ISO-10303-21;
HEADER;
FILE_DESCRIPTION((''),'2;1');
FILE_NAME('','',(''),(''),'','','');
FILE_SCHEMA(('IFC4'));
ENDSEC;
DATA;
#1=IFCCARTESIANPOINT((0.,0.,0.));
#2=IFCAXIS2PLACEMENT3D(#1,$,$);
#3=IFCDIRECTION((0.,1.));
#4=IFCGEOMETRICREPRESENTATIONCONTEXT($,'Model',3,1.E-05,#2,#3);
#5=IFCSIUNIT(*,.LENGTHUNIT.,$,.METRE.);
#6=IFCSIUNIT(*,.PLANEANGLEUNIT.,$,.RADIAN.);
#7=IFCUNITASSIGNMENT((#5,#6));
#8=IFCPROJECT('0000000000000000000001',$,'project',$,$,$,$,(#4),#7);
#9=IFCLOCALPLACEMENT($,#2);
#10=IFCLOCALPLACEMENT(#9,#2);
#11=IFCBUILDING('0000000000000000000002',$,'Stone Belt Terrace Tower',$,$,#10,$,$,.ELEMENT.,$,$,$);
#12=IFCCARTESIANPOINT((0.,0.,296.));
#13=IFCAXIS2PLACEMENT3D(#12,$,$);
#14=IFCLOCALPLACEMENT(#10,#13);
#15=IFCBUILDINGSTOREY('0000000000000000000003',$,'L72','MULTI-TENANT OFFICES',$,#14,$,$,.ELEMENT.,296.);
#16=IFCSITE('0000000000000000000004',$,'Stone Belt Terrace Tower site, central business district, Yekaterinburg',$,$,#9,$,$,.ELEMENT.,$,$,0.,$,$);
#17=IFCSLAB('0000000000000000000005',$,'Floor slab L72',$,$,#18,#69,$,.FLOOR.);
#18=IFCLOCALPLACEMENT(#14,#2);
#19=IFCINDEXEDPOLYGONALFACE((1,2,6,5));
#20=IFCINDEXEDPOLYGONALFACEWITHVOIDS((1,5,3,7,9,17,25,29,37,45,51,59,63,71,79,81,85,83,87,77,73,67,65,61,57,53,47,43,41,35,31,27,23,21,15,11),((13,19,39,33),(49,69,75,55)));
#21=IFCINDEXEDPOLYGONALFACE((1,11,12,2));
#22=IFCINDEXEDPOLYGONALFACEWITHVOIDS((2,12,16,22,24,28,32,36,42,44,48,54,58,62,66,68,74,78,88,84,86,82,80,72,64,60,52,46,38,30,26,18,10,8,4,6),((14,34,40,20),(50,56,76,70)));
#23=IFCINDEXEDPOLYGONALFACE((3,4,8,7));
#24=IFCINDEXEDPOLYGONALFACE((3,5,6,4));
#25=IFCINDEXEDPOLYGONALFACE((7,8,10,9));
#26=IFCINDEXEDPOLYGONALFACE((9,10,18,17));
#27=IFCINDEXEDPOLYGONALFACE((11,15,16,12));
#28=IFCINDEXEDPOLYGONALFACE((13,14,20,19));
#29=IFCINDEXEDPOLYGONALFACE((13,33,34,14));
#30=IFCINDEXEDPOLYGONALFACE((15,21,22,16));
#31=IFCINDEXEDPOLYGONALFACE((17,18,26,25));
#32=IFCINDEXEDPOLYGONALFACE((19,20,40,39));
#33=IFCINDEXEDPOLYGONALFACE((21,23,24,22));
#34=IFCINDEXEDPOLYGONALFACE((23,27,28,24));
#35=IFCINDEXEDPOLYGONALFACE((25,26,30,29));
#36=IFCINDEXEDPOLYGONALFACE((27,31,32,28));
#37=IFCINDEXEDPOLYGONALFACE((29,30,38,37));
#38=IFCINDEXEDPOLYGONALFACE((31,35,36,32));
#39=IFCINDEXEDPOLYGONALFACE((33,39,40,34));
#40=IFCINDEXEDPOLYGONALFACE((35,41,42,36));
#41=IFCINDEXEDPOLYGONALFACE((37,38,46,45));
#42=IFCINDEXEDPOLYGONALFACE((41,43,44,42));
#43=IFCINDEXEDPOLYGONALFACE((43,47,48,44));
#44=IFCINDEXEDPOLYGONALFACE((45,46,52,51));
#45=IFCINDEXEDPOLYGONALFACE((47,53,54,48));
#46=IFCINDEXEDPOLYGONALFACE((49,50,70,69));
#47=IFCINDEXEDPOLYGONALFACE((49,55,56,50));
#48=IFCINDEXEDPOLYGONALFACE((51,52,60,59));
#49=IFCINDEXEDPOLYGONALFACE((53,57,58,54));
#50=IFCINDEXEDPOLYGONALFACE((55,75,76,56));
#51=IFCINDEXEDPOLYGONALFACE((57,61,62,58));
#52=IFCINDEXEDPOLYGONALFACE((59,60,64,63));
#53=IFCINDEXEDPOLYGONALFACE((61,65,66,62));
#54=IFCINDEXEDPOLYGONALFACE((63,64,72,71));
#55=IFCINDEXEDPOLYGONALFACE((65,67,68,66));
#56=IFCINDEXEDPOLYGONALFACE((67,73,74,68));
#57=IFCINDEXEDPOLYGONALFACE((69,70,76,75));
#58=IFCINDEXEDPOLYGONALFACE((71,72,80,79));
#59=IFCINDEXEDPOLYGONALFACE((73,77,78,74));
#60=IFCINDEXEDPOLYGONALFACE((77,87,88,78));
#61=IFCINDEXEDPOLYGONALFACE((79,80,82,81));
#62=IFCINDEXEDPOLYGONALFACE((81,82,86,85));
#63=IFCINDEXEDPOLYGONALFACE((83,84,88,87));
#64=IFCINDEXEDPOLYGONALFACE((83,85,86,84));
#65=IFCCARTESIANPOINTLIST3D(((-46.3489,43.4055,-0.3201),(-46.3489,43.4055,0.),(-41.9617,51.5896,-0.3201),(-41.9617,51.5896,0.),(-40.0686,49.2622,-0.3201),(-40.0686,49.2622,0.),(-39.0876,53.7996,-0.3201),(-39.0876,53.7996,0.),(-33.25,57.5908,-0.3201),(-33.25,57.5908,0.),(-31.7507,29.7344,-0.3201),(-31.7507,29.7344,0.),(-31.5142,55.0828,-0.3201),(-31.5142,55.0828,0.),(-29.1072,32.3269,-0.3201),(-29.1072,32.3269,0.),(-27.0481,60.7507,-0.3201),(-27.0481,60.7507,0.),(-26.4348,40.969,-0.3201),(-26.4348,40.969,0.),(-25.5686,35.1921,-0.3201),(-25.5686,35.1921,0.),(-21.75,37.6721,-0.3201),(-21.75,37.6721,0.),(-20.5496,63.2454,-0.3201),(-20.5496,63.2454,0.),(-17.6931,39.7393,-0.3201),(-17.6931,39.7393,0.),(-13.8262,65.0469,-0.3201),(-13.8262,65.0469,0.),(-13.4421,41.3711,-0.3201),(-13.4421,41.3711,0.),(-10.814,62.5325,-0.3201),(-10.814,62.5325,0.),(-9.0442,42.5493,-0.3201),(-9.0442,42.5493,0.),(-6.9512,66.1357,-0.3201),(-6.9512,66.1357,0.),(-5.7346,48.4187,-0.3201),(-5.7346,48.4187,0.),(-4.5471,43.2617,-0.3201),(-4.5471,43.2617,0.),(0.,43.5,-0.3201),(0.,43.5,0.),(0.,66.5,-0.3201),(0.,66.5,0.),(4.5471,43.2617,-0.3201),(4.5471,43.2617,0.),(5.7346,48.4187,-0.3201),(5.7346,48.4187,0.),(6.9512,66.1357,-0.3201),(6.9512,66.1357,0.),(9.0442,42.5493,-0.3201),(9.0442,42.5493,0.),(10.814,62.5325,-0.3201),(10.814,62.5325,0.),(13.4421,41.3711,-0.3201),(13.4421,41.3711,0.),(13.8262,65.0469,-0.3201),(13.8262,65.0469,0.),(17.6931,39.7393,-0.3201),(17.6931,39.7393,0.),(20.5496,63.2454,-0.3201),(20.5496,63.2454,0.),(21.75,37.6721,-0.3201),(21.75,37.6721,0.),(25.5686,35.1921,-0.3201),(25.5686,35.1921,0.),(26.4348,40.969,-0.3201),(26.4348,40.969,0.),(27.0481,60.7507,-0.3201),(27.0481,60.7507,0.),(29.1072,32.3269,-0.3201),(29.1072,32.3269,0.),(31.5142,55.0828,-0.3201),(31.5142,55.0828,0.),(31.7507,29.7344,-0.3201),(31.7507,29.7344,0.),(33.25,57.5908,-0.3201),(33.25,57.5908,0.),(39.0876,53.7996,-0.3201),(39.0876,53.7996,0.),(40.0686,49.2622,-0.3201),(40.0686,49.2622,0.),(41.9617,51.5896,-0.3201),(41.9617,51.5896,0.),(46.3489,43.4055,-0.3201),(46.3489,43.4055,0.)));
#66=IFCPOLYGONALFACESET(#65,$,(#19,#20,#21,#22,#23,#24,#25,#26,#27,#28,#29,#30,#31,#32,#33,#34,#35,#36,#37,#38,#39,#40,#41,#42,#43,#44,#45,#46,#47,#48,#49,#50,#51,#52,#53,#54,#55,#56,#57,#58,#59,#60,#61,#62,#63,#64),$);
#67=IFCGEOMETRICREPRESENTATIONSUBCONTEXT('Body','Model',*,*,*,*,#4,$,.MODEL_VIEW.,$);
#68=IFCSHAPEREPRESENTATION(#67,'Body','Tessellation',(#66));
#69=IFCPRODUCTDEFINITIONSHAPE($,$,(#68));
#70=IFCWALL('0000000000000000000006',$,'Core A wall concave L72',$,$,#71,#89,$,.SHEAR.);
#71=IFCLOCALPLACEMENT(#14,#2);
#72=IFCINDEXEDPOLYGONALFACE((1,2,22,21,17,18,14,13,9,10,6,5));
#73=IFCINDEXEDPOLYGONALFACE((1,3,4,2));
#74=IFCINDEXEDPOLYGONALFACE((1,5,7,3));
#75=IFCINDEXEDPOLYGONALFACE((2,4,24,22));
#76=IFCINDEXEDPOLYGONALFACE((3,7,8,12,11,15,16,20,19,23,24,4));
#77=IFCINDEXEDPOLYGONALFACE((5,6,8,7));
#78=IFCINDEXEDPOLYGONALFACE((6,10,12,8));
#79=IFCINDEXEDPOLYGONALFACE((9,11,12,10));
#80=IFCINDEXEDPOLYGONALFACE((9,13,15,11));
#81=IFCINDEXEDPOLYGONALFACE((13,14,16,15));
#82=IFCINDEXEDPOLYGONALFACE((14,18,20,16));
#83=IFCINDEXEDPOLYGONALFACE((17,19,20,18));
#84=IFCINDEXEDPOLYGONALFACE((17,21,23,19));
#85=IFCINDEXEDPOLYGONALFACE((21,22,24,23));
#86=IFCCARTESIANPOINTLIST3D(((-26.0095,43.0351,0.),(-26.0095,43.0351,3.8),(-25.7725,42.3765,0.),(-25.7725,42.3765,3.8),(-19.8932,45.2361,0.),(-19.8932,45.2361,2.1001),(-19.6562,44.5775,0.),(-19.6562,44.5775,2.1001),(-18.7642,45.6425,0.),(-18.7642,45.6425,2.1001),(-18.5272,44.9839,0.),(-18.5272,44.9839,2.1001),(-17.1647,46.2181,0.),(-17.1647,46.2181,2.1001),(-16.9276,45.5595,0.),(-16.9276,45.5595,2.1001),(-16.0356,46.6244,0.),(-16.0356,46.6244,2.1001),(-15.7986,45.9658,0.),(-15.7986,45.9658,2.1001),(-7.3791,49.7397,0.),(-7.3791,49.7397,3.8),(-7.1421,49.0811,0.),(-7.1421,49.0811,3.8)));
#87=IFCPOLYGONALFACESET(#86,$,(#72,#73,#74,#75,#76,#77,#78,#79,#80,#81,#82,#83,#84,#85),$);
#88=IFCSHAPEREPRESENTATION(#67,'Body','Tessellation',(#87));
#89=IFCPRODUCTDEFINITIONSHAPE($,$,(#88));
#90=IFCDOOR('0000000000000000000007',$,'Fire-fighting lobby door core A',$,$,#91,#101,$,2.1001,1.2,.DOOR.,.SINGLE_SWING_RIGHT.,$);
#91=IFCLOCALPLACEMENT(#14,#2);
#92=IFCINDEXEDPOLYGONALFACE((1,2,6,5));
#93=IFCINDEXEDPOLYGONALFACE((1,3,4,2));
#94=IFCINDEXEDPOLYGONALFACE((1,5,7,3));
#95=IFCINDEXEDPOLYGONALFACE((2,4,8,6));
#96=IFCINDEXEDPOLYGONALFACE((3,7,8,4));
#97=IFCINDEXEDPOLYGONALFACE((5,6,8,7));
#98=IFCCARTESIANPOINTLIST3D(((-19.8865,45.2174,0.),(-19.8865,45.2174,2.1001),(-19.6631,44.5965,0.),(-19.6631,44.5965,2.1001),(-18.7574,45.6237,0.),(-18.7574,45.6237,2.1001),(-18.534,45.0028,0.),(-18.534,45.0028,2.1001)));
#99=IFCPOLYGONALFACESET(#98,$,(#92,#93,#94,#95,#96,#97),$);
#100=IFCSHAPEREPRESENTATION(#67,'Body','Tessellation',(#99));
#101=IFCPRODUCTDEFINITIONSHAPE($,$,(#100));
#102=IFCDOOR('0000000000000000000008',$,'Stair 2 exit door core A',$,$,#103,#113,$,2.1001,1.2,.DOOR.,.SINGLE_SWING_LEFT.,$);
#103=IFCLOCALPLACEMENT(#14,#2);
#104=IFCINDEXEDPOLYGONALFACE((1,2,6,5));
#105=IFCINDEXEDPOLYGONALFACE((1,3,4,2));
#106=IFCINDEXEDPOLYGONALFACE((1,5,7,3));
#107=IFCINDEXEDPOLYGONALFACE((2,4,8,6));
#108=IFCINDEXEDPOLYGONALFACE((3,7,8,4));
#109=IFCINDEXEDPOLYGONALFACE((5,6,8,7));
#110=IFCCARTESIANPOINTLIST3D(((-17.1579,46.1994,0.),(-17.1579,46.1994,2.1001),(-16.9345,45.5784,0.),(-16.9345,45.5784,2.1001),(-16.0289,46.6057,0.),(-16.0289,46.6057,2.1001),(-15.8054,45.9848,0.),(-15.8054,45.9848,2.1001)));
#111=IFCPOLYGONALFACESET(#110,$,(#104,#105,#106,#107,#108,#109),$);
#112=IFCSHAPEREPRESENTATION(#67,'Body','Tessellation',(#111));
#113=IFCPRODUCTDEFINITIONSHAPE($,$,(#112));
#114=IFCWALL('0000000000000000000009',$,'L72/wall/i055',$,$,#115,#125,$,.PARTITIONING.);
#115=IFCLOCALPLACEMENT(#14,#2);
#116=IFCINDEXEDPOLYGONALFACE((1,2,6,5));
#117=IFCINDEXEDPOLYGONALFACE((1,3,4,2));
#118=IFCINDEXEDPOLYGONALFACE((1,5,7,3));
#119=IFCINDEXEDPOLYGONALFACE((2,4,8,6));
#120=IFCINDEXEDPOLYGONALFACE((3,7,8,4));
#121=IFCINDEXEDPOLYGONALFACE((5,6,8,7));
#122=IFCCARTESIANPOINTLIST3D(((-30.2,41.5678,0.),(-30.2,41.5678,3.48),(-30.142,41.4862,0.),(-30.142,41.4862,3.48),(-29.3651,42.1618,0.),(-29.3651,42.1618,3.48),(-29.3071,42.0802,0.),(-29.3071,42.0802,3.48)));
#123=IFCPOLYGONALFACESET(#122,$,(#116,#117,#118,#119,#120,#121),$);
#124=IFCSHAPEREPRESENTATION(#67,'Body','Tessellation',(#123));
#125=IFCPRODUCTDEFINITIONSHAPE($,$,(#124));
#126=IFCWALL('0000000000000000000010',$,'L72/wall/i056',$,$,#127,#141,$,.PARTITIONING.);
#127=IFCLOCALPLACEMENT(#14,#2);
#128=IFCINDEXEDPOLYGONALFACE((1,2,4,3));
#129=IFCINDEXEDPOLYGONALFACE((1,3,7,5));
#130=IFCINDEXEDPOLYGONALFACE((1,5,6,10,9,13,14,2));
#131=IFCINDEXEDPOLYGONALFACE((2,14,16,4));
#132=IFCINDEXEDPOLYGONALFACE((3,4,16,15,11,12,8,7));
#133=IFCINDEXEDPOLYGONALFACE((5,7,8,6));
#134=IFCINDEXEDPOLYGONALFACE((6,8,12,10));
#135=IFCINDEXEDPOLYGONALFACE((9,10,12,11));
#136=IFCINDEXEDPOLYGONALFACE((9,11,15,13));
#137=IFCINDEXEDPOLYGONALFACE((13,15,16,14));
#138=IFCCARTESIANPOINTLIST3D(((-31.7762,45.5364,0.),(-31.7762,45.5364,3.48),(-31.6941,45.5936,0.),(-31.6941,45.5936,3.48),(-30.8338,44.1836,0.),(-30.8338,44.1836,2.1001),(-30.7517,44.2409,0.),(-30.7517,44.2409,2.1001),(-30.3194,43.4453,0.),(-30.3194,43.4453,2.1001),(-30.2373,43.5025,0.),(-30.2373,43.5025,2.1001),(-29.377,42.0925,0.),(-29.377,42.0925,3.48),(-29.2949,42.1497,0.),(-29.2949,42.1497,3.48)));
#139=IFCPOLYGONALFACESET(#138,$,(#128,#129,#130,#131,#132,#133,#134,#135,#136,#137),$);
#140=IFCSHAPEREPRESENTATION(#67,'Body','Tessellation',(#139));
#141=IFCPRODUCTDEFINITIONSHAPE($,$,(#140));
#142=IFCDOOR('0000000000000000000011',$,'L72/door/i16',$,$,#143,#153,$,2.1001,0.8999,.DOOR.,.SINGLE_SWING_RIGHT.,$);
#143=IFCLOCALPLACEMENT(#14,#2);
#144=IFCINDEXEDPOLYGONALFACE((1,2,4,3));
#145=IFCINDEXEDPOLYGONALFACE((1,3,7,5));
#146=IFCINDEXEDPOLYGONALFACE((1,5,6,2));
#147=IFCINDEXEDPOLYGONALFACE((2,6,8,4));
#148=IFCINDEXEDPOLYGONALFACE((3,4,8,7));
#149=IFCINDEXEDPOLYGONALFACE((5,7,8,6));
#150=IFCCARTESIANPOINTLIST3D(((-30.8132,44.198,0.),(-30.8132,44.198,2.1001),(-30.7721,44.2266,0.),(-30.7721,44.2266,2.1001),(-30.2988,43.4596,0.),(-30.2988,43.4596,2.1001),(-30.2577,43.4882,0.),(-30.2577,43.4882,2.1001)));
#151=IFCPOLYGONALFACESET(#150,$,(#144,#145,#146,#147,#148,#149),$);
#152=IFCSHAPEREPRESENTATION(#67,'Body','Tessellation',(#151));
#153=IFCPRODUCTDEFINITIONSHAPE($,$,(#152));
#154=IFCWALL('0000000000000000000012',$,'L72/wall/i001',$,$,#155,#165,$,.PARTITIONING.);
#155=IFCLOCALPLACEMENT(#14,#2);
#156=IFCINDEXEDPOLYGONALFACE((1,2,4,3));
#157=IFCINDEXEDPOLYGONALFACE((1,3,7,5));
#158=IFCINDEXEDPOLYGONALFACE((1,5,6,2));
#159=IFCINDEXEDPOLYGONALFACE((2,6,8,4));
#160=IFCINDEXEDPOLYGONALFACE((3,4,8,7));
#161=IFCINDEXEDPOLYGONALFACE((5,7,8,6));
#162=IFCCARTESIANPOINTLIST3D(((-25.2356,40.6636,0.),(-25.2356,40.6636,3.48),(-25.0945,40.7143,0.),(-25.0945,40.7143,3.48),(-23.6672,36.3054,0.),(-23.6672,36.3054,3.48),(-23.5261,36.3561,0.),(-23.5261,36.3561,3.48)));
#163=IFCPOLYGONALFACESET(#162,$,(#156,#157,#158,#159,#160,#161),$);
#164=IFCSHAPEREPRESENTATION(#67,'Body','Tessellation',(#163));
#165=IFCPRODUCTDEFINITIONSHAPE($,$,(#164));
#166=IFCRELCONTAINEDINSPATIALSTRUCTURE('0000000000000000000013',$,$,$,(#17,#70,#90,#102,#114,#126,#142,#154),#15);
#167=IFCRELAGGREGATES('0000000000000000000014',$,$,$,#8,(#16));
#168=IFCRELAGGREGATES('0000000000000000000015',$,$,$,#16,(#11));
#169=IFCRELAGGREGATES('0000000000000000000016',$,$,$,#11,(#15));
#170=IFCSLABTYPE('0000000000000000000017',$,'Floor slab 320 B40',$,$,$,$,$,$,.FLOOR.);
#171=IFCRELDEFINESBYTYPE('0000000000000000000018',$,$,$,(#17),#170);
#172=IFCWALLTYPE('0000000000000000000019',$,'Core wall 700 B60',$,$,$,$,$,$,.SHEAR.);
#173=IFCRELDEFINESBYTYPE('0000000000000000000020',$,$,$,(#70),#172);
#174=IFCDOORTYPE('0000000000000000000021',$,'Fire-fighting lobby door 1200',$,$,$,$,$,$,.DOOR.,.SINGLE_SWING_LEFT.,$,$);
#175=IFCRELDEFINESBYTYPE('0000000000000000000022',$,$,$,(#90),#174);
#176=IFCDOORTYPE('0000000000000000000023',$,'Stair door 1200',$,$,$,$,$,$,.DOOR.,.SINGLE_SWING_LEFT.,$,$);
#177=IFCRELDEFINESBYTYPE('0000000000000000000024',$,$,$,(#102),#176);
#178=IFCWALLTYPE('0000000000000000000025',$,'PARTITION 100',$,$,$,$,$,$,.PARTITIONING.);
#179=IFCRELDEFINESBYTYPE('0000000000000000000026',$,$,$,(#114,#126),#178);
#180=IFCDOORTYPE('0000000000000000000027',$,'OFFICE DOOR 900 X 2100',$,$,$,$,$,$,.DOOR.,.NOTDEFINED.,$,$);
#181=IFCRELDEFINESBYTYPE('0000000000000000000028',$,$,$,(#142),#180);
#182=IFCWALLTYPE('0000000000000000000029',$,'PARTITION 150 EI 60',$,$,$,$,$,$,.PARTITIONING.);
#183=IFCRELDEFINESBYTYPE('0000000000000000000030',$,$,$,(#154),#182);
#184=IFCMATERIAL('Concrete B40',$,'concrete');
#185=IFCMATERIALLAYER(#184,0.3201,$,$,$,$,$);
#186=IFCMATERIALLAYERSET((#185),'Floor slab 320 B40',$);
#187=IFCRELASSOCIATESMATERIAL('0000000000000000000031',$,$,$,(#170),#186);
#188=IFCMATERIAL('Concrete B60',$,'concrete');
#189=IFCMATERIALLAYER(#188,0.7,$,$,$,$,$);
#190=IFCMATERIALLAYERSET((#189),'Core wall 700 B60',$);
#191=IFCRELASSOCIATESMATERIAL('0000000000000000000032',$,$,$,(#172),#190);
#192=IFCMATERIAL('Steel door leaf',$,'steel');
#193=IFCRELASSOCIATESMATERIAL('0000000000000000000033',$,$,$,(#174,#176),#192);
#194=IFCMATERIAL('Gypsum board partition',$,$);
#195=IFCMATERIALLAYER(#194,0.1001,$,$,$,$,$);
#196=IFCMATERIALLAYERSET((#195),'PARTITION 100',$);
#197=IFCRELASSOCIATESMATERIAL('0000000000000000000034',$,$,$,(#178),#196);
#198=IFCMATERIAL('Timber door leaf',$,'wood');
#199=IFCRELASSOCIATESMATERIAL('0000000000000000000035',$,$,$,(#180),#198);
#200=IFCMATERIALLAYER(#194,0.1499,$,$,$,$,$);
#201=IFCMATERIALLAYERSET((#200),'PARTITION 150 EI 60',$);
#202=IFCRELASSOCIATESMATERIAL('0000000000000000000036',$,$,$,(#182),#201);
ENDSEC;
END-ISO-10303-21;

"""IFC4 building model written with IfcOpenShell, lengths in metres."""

from ifc_helpers import new_model, si_unit, direction, frame, frame_2d, origin, place, context, subcontext, project, spatial, polyline, rectangle, outline, extrude, material, layer, layer_set, type_object, element, fill, save


model = new_model("IFC4")

# Units and contexts
model_context = context("Model", 3, precision=1e-05, world=origin(), true_north=direction((0.0, 1.0)))
body_context = subcontext(model_context, "Body", "Model", "MODEL_VIEW")
ifc_project = project(units=[si_unit("LENGTHUNIT", "METRE"), si_unit("PLANEANGLEUNIT", "RADIAN")], contexts=[model_context])

# Site, building, storey
site_placement = place(None, origin())
site = spatial("IfcSite", under=ifc_project, at=site_placement, Name="Stone Belt Terrace Tower site, central business district, Yekaterinburg", CompositionType="ELEMENT", RefElevation=0.0)
building_placement = place(site_placement, origin())
building = spatial("IfcBuilding", under=site, at=building_placement, Name="Stone Belt Terrace Tower", CompositionType="ELEMENT")
storey_placement = place(building_placement, frame((0.0, 0.0, 296.0)))
storey = spatial("IfcBuildingStorey", under=building, at=storey_placement, Name="L72", Description="MULTI-TENANT OFFICES", CompositionType="ELEMENT", Elevation=296.0)

# Shared definitions
ifc_material_1 = material(Name="Concrete B60", Category="concrete")

# Slab
ifc_material_2 = material(Name="Concrete B40", Category="concrete")
ifc_layer_1 = layer(ifc_material_2, 0.3201)
ifc_layer_set_1 = layer_set([ifc_layer_1], Name="Floor slab 320 B40")
slab_type = type_object("IfcSlabType", Name="Floor slab 320 B40", PredefinedType="FLOOR", material=ifc_layer_set_1)
slab_placement = place(storey_placement, frame((0.0, 0.0, -0.3201)))
element("IfcSlab", 1, at=slab_placement, inside=storey, type_object=slab_type, Name="Floor slab L72", PredefinedType="FLOOR", context=body_context, shape_type="SweptSolid", body=[
    extrude(outline(polyline([(-40.0686, 49.2622), (-41.9617, 51.5896), (-39.0876, 53.7996), (-33.25, 57.5908), (-27.0481, 60.7507), (-20.5496, 63.2454), (-13.8262, 65.0469), (-6.9512, 66.1357), (0.0, 66.5), (6.9512, 66.1357), (13.8262, 65.0469), (20.5496, 63.2454), (27.0481, 60.7507), (33.25, 57.5908), (39.0876, 53.7996), (41.9617, 51.5896), (40.0686, 49.2622), (46.3489, 43.4055), (31.7507, 29.7344), (29.1072, 32.3269), (25.5686, 35.1921), (21.75, 37.6721), (17.6931, 39.7393), (13.4421, 41.3711), (9.0442, 42.5493), (4.5471, 43.2617), (0.0, 43.5), (-4.5471, 43.2617), (-9.0442, 42.5493), (-13.4421, 41.3711), (-17.6931, 39.7393), (-21.75, 37.6721), (-25.5686, 35.1921), (-29.1072, 32.3269), (-31.7507, 29.7344), (-46.3489, 43.4055), (-40.0686, 49.2622)]), holes=[polyline([(-10.814, 62.5325), (-31.5142, 55.0828), (-26.4348, 40.969), (-5.7346, 48.4187), (-10.814, 62.5325)]), polyline([(26.4348, 40.969), (31.5142, 55.0828), (10.814, 62.5325), (5.7346, 48.4187), (26.4348, 40.969)])]), origin(), (0.0, 0.0, 1.0), 0.3201),
])

# Wall, openings, doors
ifc_layer_2 = layer(ifc_material_1, 0.7)
ifc_layer_set_2 = layer_set([ifc_layer_2], Name="Core wall 700 B60")
wall_type_1 = type_object("IfcWallType", Name="Core wall 700 B60", PredefinedType="SHEAR", material=ifc_layer_set_2)
wall_1_placement = place(storey_placement, frame((-25.8909, 42.7058, 0.0), z_axis=(0.0, 0.0, 1.0), x_axis=(0.940925, 0.338615, 0.0)))
wall_1 = element("IfcWall", 2, at=wall_1_placement, inside=storey, type_object=wall_type_1, Name="Core A wall concave L72", PredefinedType="SHEAR", context=body_context, shape_type="SweptSolid", body=[
    extrude(rectangle(XDim=19.8, YDim=0.7, at=frame_2d((9.8999, 0.0))), origin(), (0.0, 0.0, 1.0), 3.8),
])
opening_1_placement = place(wall_1_placement, frame((6.5, 0.0, 0.0)))
opening_1 = element("IfcOpeningElement", 3, at=opening_1_placement, cuts=wall_1, PredefinedType="OPENING", context=body_context, shape_type="SweptSolid", body=[
    extrude(rectangle(XDim=1.2, YDim=2.1001, at=frame_2d((0.6001, 1.05))), frame((0.0, 0.3599, 0.0), z_axis=(0.0, -1.0, 0.0), x_axis=(1.0, 0.0, 0.0)), (0.0, 0.0, 1.0), 0.72),
])
opening_2_placement = place(wall_1_placement, frame((9.3999, 0.0, 0.0)))
opening_2 = element("IfcOpeningElement", 4, at=opening_2_placement, cuts=wall_1, PredefinedType="OPENING", context=body_context, shape_type="SweptSolid", body=[
    extrude(rectangle(XDim=1.2, YDim=2.1001, at=frame_2d((0.6001, 1.05))), frame((0.0, 0.3599, 0.0), z_axis=(0.0, -1.0, 0.0), x_axis=(1.0, 0.0, 0.0)), (0.0, 0.0, 1.0), 0.72),
])
ifc_material_3 = material(Name="Steel door leaf", Category="steel")
door_type_1 = type_object("IfcDoorType", Name="Fire-fighting lobby door 1200", OperationType="SINGLE_SWING_LEFT", PredefinedType="DOOR", material=ifc_material_3)
door_1_placement = place(opening_1_placement, origin())
door_1 = element("IfcDoor", 5, at=door_1_placement, inside=storey, type_object=door_type_1, Name="Fire-fighting lobby door core A", OperationType="SINGLE_SWING_RIGHT", OverallHeight=2.1001, OverallWidth=1.2, PredefinedType="DOOR", context=body_context, shape_type="SweptSolid", body=[
    extrude(rectangle(XDim=1.2, YDim=2.1001, at=frame_2d((0.6001, 1.05))), frame((0.0, 0.3301, 0.0), z_axis=(0.0, -1.0, 0.0), x_axis=(1.0, 0.0, 0.0)), (0.0, 0.0, 1.0), 0.6599),
])
fill(opening_1, door_1)
door_type_2 = type_object("IfcDoorType", Name="Stair door 1200", OperationType="SINGLE_SWING_LEFT", PredefinedType="DOOR", material=ifc_material_3)
door_2_placement = place(opening_2_placement, origin())
door_2 = element("IfcDoor", 6, at=door_2_placement, inside=storey, type_object=door_type_2, Name="Stair 2 exit door core A", OperationType="SINGLE_SWING_LEFT", OverallHeight=2.1001, OverallWidth=1.2, PredefinedType="DOOR", context=body_context, shape_type="SweptSolid", body=[
    extrude(rectangle(XDim=1.2, YDim=2.1001, at=frame_2d((0.6001, 1.05))), frame((0.0, 0.3301, 0.0), z_axis=(0.0, -1.0, 0.0), x_axis=(1.0, 0.0, 0.0)), (0.0, 0.0, 1.0), 0.6599),
])
fill(opening_2, door_2)

# Wall
ifc_material_4 = material(Name="Gypsum board partition")
ifc_layer_3 = layer(ifc_material_4, 0.1001)
ifc_layer_set_3 = layer_set([ifc_layer_3], Name="PARTITION 100")
wall_type_2 = type_object("IfcWallType", Name="PARTITION 100", PredefinedType="PARTITIONING", material=ifc_layer_set_3)
wall_2_placement = place(storey_placement, frame((-30.1709, 41.5271, 0.0), z_axis=(0.0, 0.0, 1.0), x_axis=(0.814843, 0.579682, 0.0)))
element("IfcWall", 7, at=wall_2_placement, inside=storey, type_object=wall_type_2, Name="L72/wall/i055", PredefinedType="PARTITIONING", context=body_context, shape_type="SweptSolid", body=[
    extrude(rectangle(XDim=1.0247, YDim=0.1001, at=frame_2d((0.5122, 0.0))), origin(), (0.0, 0.0, 1.0), 3.48),
])

# Wall, opening, door
wall_3_placement = place(storey_placement, frame((-29.3359, 42.1211, 0.0), z_axis=(0.0, 0.0, 1.0), x_axis=(-0.571618, 0.82052, 0.0)))
wall_3 = element("IfcWall", 8, at=wall_3_placement, inside=storey, type_object=wall_type_2, Name="L72/wall/i056", PredefinedType="PARTITIONING", context=body_context, shape_type="SweptSolid", body=[
    extrude(rectangle(XDim=4.1973, YDim=0.1001, at=frame_2d((2.0986, 0.0))), origin(), (0.0, 0.0, 1.0), 3.48),
])
opening_3_placement = place(wall_3_placement, frame((1.6487, 0.0, 0.0)))
opening_3 = element("IfcOpeningElement", 9, at=opening_3_placement, cuts=wall_3, PredefinedType="OPENING", context=body_context, shape_type="SweptSolid", body=[
    extrude(rectangle(XDim=0.8999, YDim=2.1001, at=frame_2d((0.45, 1.05))), frame((0.0, 0.0601, 0.0), z_axis=(0.0, -1.0, 0.0), x_axis=(1.0, 0.0, 0.0)), (0.0, 0.0, 1.0), 0.1201),
])
ifc_material_5 = material(Name="Timber door leaf", Category="wood")
door_type_3 = type_object("IfcDoorType", Name="OFFICE DOOR 900 X 2100", OperationType="NOTDEFINED", PredefinedType="DOOR", material=ifc_material_5)
door_3_placement = place(opening_3_placement, origin())
door_3 = element("IfcDoor", 10, at=door_3_placement, inside=storey, type_object=door_type_3, Name="L72/door/i16", OperationType="SINGLE_SWING_RIGHT", OverallHeight=2.1001, OverallWidth=0.8999, PredefinedType="DOOR", context=body_context, shape_type="SweptSolid", body=[
    extrude(rectangle(XDim=0.8999, YDim=2.1001, at=frame_2d((0.45, 1.05))), frame((0.0, 0.0249, 0.0), z_axis=(0.0, -1.0, 0.0), x_axis=(1.0, 0.0, 0.0)), (0.0, 0.0, 1.0), 0.05),
])
fill(opening_3, door_3)

# Wall
ifc_layer_4 = layer(ifc_material_4, 0.1499)
ifc_layer_set_4 = layer_set([ifc_layer_4], Name="PARTITION 150 EI 60")
wall_type_3 = type_object("IfcWallType", Name="PARTITION 150 EI 60", PredefinedType="PARTITIONING", material=ifc_layer_set_4)
wall_4_placement = place(storey_placement, frame((-25.165, 40.689, 0.0), z_axis=(0.0, 0.0, 1.0), x_axis=(0.338609, -0.940927, 0.0)))
element("IfcWall", 11, at=wall_4_placement, inside=storey, type_object=wall_type_3, Name="L72/wall/i001", PredefinedType="PARTITIONING", context=body_context, shape_type="SweptSolid", body=[
    extrude(rectangle(XDim=4.6318, YDim=0.1499, at=frame_2d((2.3159, 0.0))), origin(), (0.0, 0.0, 1.0), 3.48),
])

save(model, "model.ifc")
